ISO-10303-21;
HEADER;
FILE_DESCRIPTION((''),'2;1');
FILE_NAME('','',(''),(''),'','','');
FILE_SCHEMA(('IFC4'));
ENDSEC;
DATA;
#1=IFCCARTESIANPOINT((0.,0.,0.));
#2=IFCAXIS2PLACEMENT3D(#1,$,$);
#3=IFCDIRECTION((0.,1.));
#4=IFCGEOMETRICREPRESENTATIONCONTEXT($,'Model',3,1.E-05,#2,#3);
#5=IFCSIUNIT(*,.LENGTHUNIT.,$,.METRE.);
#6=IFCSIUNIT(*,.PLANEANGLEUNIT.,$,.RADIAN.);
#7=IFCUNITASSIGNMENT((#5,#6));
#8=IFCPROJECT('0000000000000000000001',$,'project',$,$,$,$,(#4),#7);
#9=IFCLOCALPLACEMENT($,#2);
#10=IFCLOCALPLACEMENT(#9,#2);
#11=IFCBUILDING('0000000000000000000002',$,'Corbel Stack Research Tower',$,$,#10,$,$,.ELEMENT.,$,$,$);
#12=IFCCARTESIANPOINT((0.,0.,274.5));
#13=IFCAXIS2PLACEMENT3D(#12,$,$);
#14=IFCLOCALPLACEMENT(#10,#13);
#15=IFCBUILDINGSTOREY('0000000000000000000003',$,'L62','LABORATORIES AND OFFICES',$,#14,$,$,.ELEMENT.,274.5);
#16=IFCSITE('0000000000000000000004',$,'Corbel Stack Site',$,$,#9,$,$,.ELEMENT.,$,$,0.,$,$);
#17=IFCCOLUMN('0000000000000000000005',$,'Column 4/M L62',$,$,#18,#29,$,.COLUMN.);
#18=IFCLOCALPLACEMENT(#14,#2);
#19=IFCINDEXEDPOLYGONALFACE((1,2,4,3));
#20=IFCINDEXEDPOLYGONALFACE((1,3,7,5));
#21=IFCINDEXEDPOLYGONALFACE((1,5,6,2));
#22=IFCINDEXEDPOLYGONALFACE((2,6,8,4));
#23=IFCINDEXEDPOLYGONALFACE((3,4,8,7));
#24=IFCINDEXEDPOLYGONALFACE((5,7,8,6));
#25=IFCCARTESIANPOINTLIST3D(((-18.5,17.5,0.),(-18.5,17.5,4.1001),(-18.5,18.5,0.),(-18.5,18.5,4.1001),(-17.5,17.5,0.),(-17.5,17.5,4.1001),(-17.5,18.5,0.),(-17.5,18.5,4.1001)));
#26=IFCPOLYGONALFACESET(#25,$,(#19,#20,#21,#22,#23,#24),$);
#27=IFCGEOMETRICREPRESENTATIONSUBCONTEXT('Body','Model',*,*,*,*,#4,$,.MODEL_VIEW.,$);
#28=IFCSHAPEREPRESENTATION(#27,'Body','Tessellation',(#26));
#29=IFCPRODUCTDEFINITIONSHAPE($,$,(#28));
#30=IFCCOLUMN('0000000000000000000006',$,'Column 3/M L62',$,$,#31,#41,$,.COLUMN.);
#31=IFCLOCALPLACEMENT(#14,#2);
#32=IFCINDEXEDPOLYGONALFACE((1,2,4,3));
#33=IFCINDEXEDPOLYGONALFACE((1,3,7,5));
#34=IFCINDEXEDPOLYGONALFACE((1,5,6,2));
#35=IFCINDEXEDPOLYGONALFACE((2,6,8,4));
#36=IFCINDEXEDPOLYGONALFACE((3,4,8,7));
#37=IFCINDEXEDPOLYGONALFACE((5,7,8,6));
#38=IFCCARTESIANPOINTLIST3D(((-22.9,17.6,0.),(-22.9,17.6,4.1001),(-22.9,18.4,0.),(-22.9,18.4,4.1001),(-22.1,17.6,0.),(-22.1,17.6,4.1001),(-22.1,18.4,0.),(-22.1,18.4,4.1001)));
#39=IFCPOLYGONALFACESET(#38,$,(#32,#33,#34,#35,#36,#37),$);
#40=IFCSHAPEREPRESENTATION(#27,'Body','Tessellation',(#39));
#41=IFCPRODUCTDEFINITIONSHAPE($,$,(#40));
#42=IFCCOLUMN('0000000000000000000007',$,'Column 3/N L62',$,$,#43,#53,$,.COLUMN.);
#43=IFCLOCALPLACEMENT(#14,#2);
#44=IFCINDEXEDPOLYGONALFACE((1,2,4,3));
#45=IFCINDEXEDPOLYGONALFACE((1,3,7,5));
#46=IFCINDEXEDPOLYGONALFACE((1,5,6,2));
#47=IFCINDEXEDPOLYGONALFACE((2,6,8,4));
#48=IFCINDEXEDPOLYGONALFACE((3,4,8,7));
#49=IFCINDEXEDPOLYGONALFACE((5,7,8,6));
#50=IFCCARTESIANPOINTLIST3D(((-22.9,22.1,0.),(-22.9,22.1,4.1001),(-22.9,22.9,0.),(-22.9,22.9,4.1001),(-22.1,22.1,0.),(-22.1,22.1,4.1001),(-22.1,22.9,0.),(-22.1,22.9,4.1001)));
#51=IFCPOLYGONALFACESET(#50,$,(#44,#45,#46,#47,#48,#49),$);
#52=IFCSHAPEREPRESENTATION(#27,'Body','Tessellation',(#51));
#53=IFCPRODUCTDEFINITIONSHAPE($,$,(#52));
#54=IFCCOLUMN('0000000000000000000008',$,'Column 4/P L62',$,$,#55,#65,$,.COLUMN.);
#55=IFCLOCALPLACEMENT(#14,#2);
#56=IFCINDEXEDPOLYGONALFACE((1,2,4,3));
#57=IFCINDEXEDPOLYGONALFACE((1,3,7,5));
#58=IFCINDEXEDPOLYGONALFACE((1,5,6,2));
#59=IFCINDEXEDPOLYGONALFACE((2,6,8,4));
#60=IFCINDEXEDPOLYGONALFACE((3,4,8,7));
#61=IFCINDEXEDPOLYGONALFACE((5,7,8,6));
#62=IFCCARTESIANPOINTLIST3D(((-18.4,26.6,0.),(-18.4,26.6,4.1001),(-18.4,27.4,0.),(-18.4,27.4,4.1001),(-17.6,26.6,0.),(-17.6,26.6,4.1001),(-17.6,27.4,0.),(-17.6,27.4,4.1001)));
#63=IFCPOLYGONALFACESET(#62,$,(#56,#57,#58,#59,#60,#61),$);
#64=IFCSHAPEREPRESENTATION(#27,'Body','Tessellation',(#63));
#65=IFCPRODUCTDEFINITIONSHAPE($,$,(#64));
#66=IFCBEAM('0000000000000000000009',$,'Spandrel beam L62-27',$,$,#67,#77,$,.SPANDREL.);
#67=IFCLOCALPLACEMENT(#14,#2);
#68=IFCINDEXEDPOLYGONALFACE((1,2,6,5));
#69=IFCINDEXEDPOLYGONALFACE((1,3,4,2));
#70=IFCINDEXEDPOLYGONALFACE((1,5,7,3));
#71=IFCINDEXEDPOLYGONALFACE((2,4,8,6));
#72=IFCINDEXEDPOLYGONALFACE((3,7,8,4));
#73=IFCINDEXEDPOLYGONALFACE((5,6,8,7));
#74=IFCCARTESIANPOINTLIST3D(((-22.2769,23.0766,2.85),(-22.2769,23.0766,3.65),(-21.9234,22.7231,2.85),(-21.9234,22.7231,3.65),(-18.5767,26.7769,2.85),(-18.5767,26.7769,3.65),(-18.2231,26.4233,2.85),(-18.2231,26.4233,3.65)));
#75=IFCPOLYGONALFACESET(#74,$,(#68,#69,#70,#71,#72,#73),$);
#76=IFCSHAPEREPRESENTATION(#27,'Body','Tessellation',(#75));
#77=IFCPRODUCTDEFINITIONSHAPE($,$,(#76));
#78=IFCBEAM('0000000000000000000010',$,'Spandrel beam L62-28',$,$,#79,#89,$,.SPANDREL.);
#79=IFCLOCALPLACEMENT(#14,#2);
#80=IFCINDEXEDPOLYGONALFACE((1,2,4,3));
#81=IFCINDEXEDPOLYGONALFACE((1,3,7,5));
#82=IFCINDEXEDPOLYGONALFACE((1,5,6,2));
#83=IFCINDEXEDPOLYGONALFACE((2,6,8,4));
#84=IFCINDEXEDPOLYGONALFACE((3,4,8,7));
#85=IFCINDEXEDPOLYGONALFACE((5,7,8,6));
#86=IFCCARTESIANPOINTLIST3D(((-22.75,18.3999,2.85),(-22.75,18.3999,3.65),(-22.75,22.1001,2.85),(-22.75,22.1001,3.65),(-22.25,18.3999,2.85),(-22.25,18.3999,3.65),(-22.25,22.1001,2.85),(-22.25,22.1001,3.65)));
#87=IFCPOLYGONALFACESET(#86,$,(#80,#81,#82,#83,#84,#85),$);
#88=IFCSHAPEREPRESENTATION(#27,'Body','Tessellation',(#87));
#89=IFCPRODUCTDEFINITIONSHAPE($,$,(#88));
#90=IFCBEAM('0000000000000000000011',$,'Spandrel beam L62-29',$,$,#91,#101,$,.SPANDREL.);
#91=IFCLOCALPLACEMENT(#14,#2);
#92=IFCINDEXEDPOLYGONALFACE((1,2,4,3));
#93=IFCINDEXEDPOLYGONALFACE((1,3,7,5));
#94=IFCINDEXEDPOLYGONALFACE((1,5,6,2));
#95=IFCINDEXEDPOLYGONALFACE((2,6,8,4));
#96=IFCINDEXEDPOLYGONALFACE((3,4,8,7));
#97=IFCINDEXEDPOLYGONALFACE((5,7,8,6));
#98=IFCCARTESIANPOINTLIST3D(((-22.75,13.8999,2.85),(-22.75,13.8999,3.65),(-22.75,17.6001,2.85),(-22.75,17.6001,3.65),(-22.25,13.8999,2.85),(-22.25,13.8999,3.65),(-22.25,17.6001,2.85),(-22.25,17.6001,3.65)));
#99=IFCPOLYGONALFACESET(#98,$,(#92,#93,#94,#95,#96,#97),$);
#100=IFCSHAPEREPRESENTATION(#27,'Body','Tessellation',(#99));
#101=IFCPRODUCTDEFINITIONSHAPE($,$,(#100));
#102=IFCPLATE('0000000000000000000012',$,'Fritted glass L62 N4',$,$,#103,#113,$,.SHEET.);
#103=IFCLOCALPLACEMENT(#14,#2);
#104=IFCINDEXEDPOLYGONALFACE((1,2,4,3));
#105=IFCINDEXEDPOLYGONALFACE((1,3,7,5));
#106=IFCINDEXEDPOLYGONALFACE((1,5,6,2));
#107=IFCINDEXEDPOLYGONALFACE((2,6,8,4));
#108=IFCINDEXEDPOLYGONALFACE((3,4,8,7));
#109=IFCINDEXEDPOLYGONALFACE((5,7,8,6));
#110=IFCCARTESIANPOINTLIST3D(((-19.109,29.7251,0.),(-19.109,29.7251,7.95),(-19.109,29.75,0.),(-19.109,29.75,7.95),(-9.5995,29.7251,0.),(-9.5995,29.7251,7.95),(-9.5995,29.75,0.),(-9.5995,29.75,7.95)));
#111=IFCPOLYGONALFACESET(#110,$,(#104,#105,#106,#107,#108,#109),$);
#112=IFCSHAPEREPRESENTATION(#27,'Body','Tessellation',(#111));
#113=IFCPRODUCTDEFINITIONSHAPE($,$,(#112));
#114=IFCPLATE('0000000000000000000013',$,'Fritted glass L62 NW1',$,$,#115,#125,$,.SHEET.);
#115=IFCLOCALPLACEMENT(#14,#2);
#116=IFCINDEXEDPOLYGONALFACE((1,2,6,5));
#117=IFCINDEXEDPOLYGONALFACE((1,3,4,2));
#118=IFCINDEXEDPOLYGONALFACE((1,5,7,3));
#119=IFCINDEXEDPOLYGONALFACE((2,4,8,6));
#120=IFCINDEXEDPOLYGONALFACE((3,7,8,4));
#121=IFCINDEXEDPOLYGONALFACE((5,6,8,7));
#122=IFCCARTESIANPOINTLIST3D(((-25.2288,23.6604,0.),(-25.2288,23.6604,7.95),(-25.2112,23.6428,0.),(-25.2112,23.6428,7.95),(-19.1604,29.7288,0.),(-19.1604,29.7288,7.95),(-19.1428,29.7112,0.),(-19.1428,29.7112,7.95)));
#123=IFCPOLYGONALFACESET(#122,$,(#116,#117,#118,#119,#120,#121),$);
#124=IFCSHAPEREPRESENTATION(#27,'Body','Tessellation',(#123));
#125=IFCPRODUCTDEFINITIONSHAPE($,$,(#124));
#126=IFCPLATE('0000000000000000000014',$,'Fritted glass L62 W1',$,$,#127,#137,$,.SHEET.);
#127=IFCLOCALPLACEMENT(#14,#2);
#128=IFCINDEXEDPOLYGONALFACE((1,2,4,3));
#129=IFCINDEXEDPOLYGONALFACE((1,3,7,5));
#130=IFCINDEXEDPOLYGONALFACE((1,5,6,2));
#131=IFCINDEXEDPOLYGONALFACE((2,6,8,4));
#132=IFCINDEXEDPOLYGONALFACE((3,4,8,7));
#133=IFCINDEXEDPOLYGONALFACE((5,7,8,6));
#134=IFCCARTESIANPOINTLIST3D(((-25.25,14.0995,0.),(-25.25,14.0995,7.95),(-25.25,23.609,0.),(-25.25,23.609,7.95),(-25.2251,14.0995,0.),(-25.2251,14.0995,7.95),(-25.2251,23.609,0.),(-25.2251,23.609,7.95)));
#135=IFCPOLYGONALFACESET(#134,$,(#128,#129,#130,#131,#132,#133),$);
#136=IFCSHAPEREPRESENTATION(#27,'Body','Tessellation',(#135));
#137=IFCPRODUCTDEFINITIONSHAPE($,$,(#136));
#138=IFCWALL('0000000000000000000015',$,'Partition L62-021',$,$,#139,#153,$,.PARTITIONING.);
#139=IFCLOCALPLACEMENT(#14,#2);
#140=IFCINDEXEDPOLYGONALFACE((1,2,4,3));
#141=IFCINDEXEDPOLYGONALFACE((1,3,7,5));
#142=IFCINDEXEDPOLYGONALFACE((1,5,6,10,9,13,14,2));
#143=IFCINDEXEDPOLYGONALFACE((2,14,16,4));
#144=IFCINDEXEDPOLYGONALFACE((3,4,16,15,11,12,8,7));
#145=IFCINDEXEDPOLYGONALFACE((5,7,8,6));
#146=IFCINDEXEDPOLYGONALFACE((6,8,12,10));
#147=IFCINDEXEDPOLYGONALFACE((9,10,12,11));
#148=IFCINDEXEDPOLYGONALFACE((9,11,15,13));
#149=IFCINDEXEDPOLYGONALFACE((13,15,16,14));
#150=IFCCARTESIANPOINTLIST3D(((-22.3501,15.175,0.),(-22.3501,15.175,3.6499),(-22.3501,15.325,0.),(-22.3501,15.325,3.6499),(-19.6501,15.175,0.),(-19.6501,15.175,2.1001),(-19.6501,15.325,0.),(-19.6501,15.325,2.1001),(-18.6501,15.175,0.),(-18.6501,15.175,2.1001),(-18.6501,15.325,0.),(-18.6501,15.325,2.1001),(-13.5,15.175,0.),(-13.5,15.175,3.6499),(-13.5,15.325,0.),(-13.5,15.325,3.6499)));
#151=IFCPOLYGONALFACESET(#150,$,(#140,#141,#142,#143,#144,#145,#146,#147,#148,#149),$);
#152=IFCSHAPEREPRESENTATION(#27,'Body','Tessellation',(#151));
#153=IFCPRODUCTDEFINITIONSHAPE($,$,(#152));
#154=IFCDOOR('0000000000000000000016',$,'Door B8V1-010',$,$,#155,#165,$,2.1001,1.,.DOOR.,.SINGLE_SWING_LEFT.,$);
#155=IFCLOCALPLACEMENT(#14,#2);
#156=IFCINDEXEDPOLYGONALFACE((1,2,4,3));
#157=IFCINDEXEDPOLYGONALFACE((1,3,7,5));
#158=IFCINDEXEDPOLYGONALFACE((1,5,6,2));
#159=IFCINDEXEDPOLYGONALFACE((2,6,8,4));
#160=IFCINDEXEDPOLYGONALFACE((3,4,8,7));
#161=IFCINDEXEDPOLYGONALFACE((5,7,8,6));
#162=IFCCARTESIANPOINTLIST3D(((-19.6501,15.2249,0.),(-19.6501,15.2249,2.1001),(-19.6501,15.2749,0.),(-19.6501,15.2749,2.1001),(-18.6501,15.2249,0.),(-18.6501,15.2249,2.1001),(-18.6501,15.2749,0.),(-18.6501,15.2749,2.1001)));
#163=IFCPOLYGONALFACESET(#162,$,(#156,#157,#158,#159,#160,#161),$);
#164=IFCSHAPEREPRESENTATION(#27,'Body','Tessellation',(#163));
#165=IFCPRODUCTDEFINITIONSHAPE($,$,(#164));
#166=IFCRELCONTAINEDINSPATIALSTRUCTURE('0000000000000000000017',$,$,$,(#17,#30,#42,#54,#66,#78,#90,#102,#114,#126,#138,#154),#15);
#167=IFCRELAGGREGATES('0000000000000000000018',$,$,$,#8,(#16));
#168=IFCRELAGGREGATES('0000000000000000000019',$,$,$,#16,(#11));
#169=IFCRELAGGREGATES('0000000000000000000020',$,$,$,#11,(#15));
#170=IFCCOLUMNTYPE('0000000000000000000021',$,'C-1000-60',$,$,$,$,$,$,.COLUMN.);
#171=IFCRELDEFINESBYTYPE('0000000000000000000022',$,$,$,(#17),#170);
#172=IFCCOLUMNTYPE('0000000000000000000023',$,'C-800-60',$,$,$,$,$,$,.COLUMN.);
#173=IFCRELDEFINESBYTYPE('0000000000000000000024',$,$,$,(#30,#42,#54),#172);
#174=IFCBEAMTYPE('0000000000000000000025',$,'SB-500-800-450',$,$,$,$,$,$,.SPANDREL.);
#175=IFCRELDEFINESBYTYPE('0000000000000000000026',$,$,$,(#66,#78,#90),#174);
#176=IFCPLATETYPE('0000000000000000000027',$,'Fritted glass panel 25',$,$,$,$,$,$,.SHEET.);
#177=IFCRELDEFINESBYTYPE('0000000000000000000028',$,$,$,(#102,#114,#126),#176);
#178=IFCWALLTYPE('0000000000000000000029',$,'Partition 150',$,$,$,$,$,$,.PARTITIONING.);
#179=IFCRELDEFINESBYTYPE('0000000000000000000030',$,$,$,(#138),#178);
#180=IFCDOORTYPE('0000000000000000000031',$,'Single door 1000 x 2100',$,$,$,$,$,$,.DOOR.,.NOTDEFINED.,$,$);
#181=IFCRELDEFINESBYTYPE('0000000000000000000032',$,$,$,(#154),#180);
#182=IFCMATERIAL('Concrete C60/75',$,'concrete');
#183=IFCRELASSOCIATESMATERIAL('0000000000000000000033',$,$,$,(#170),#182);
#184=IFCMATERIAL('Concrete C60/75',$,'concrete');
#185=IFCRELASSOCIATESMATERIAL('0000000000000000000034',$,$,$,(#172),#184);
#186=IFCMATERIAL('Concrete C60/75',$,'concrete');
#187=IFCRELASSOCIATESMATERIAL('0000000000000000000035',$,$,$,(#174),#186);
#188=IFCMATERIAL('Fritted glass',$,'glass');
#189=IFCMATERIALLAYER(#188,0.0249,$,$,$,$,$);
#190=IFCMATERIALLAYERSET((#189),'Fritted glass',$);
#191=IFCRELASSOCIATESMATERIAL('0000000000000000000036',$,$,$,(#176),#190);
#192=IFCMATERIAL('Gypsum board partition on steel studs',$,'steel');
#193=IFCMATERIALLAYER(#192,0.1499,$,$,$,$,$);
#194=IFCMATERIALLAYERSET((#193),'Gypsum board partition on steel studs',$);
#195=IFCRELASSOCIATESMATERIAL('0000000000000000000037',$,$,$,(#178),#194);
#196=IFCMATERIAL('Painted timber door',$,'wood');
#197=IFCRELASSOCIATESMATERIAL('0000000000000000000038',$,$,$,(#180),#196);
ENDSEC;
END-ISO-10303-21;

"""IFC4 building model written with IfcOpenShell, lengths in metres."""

from ifc_helpers import new_model, si_unit, direction, frame, frame_2d, origin, origin_2d, place, context, subcontext, project, spatial, rectangle, extrude, material, layer, layer_set, material_profile, profile_set, type_object, element, fill, save


model = new_model("IFC4")

# Units and contexts
model_context = context("Model", 3, precision=1e-05, world=origin(), true_north=direction((0.0, 1.0)))
body_context = subcontext(model_context, "Body", "Model", "MODEL_VIEW")
ifc_project = project(units=[si_unit("LENGTHUNIT", "METRE"), si_unit("PLANEANGLEUNIT", "RADIAN")], contexts=[model_context])

# Site, building, storey
site_placement = place(None, origin())
site = spatial("IfcSite", under=ifc_project, at=site_placement, Name="Corbel Stack Site", CompositionType="ELEMENT", RefElevation=0.0)
building_placement = place(site_placement, origin())
building = spatial("IfcBuilding", under=site, at=building_placement, Name="Corbel Stack Research Tower", CompositionType="ELEMENT")
storey_placement = place(building_placement, frame((0.0, 0.0, 274.5)))
storey = spatial("IfcBuildingStorey", under=building, at=storey_placement, Name="L62", Description="LABORATORIES AND OFFICES", CompositionType="ELEMENT", Elevation=274.5)

# Columns
ifc_material_1 = material(Name="Concrete C60/75", Category="concrete")
ifc_material_profile_1 = material_profile(ifc_material_1, rectangle(XDim=1.0, YDim=1.0, at=origin_2d()), Name="RC 1000 x 1000")
ifc_profile_set_1 = profile_set([ifc_material_profile_1], Name="Concrete C60/75")
column_type_1 = type_object("IfcColumnType", Name="C-1000-60", PredefinedType="COLUMN", material=ifc_profile_set_1)
column_placement = place(storey_placement, frame((-18.0, 18.0, 0.0), z_axis=(0.0, 0.0, 1.0), x_axis=(1.0, 0.0, 0.0)))
element("IfcColumn", 1, at=column_placement, inside=storey, type_object=column_type_1, Name="Column 4/M L62", PredefinedType="COLUMN", context=body_context, shape_type="SweptSolid", body=[
    extrude(rectangle(XDim=1.0, YDim=1.0, at=origin_2d()), origin(), (0.0, 0.0, 1.0), 4.1001),
])
ifc_material_2 = material(Name="Concrete C60/75", Category="concrete")
ifc_material_profile_2 = material_profile(ifc_material_2, rectangle(XDim=0.8, YDim=0.8, at=origin_2d()), Name="RC 800 x 800")
ifc_profile_set_2 = profile_set([ifc_material_profile_2], Name="Concrete C60/75")
column_type_2 = type_object("IfcColumnType", Name="C-800-60", PredefinedType="COLUMN", material=ifc_profile_set_2)
for number, where, z_axis, x_axis, name in (
    (2, (-22.5, 18.0, 0.0), (0.0, 0.0, 1.0), (1.0, 0.0, 0.0), "Column 3/M L62"),
    (3, (-22.5, 22.5, 0.0), (0.0, 0.0, 1.0), (1.0, 0.0, 0.0), "Column 3/N L62"),
    (4, (-18.0, 27.0, 0.0), (0.0, 0.0, 1.0), (1.0, 0.0, 0.0), "Column 4/P L62"),
):
    element("IfcColumn", number, at=place(storey_placement, frame(where, z_axis=z_axis, x_axis=x_axis)), inside=storey, type_object=column_type_2, Name=name, PredefinedType="COLUMN", context=body_context, shape_type="SweptSolid", body=[
        extrude(rectangle(XDim=0.8, YDim=0.8, at=origin_2d()), origin(), (0.0, 0.0, 1.0), 4.1001),
    ])

# Beams
ifc_material_3 = material(Name="Concrete C60/75", Category="concrete")
ifc_material_profile_3 = material_profile(ifc_material_3, rectangle(XDim=0.5, YDim=0.8, at=origin_2d()), Name="RC 500 x 800")
ifc_profile_set_3 = profile_set([ifc_material_profile_3], Name="Concrete C60/75")
beam_type = type_object("IfcBeamType", Name="SB-500-800-450", PredefinedType="SPANDREL", material=ifc_profile_set_3)
beam_placement = place(storey_placement, frame((-18.3999, 26.6001, 3.25), z_axis=(-0.707107, -0.707107, 0.0), x_axis=(0.707107, -0.707107, 0.0)))
element("IfcBeam", 5, at=beam_placement, inside=storey, type_object=beam_type, Name="Spandrel beam L62-27", PredefinedType="SPANDREL", context=body_context, shape_type="SweptSolid", body=[
    extrude(rectangle(XDim=0.5, YDim=0.8, at=origin_2d()), origin(), (0.0, 0.0, 1.0), 5.2329),
])
for number, where, z_axis, x_axis, name in (
    (6, (-22.5, 22.1001, 3.25), (0.0, -1.0, 0.0), (1.0, 0.0, 0.0), "Spandrel beam L62-28"),
    (7, (-22.5, 17.6001, 3.25), (0.0, -1.0, 0.0), (1.0, 0.0, 0.0), "Spandrel beam L62-29"),
):
    element("IfcBeam", number, at=place(storey_placement, frame(where, z_axis=z_axis, x_axis=x_axis)), inside=storey, type_object=beam_type, Name=name, PredefinedType="SPANDREL", context=body_context, shape_type="SweptSolid", body=[
        extrude(rectangle(XDim=0.5, YDim=0.8, at=origin_2d()), origin(), (0.0, 0.0, 1.0), 3.7002),
    ])

# Plates
ifc_material_4 = material(Name="Fritted glass", Category="glass")
ifc_layer_1 = layer(ifc_material_4, 0.0249)
ifc_layer_set_1 = layer_set([ifc_layer_1], Name="Fritted glass")
plate_type = type_object("IfcPlateType", Name="Fritted glass panel 25", PredefinedType="SHEET", material=ifc_layer_set_1)
plate_1_placement = place(storey_placement, frame((-14.3542, 29.7375, 0.0), z_axis=(0.0, 0.0, 1.0), x_axis=(-1.0, 0.0, 0.0)))
element("IfcPlate", 8, at=plate_1_placement, inside=storey, type_object=plate_type, Name="Fritted glass L62 N4", PredefinedType="SHEET", context=body_context, shape_type="SweptSolid", body=[
    extrude(rectangle(XDim=9.5095, YDim=0.0249, at=origin_2d()), origin(), (0.0, 0.0, 1.0), 7.95),
])
plate_2_placement = place(storey_placement, frame((-22.1858, 26.6858, 0.0), z_axis=(0.0, 0.0, 1.0), x_axis=(-0.707107, -0.707107, 0.0)))
element("IfcPlate", 9, at=plate_2_placement, inside=storey, type_object=plate_type, Name="Fritted glass L62 NW1", PredefinedType="SHEET", context=body_context, shape_type="SweptSolid", body=[
    extrude(rectangle(XDim=8.582, YDim=0.0249, at=origin_2d()), origin(), (0.0, 0.0, 1.0), 7.95),
])
plate_3_placement = place(storey_placement, frame((-25.2375, 18.8542, 0.0), z_axis=(0.0, 0.0, 1.0), x_axis=(0.0, -1.0, 0.0)))
element("IfcPlate", 10, at=plate_3_placement, inside=storey, type_object=plate_type, Name="Fritted glass L62 W1", PredefinedType="SHEET", context=body_context, shape_type="SweptSolid", body=[
    extrude(rectangle(XDim=9.5095, YDim=0.0249, at=origin_2d()), origin(), (0.0, 0.0, 1.0), 7.95),
])

# Wall, opening, door
ifc_material_5 = material(Name="Gypsum board partition on steel studs", Category="steel")
ifc_layer_2 = layer(ifc_material_5, 0.1499)
ifc_layer_set_2 = layer_set([ifc_layer_2], Name="Gypsum board partition on steel studs")
wall_type_1 = type_object("IfcWallType", Name="Partition 150", PredefinedType="PARTITIONING", material=ifc_layer_set_2)
wall_1_placement = place(storey_placement, frame((-22.3501, 15.25, 0.0), z_axis=(0.0, 0.0, 1.0), x_axis=(1.0, 0.0, 0.0)))
wall_1 = element("IfcWall", 11, at=wall_1_placement, inside=storey, type_object=wall_type_1, Name="Partition L62-021", PredefinedType="PARTITIONING", context=body_context, shape_type="SweptSolid", body=[
    extrude(rectangle(XDim=8.8501, YDim=0.1499, at=frame_2d((4.425, 0.0))), origin(), (0.0, 0.0, 1.0), 3.6499),
])
opening_1_placement = place(wall_1_placement, frame((2.7, 0.0, 0.0)))
opening_1 = element("IfcOpeningElement", 12, at=opening_1_placement, cuts=wall_1, PredefinedType="OPENING", context=body_context, shape_type="SweptSolid", body=[
    extrude(rectangle(XDim=1.0, YDim=2.1001, at=frame_2d((0.5, 1.05))), frame((0.0, 0.085, 0.0), z_axis=(0.0, -1.0, 0.0), x_axis=(1.0, 0.0, 0.0)), (0.0, 0.0, 1.0), 0.1699),
])
ifc_material_6 = material(Name="Painted timber door", Category="wood")
door_type_1 = type_object("IfcDoorType", Name="Single door 1000 x 2100", OperationType="NOTDEFINED", PredefinedType="DOOR", material=ifc_material_6)
door_1_placement = place(opening_1_placement, origin())
door_1 = element("IfcDoor", 13, at=door_1_placement, inside=storey, type_object=door_type_1, Name="Door B8V1-010", OperationType="SINGLE_SWING_LEFT", OverallHeight=2.1001, OverallWidth=1.0, PredefinedType="DOOR", context=body_context, shape_type="SweptSolid", body=[
    extrude(rectangle(XDim=1.0, YDim=2.1001, at=frame_2d((0.5, 1.05))), frame((0.0, 0.0249, 0.0), z_axis=(0.0, -1.0, 0.0), x_axis=(1.0, 0.0, 0.0)), (0.0, 0.0, 1.0), 0.05),
])
fill(opening_1, door_1)

save(model, "model.ifc")
